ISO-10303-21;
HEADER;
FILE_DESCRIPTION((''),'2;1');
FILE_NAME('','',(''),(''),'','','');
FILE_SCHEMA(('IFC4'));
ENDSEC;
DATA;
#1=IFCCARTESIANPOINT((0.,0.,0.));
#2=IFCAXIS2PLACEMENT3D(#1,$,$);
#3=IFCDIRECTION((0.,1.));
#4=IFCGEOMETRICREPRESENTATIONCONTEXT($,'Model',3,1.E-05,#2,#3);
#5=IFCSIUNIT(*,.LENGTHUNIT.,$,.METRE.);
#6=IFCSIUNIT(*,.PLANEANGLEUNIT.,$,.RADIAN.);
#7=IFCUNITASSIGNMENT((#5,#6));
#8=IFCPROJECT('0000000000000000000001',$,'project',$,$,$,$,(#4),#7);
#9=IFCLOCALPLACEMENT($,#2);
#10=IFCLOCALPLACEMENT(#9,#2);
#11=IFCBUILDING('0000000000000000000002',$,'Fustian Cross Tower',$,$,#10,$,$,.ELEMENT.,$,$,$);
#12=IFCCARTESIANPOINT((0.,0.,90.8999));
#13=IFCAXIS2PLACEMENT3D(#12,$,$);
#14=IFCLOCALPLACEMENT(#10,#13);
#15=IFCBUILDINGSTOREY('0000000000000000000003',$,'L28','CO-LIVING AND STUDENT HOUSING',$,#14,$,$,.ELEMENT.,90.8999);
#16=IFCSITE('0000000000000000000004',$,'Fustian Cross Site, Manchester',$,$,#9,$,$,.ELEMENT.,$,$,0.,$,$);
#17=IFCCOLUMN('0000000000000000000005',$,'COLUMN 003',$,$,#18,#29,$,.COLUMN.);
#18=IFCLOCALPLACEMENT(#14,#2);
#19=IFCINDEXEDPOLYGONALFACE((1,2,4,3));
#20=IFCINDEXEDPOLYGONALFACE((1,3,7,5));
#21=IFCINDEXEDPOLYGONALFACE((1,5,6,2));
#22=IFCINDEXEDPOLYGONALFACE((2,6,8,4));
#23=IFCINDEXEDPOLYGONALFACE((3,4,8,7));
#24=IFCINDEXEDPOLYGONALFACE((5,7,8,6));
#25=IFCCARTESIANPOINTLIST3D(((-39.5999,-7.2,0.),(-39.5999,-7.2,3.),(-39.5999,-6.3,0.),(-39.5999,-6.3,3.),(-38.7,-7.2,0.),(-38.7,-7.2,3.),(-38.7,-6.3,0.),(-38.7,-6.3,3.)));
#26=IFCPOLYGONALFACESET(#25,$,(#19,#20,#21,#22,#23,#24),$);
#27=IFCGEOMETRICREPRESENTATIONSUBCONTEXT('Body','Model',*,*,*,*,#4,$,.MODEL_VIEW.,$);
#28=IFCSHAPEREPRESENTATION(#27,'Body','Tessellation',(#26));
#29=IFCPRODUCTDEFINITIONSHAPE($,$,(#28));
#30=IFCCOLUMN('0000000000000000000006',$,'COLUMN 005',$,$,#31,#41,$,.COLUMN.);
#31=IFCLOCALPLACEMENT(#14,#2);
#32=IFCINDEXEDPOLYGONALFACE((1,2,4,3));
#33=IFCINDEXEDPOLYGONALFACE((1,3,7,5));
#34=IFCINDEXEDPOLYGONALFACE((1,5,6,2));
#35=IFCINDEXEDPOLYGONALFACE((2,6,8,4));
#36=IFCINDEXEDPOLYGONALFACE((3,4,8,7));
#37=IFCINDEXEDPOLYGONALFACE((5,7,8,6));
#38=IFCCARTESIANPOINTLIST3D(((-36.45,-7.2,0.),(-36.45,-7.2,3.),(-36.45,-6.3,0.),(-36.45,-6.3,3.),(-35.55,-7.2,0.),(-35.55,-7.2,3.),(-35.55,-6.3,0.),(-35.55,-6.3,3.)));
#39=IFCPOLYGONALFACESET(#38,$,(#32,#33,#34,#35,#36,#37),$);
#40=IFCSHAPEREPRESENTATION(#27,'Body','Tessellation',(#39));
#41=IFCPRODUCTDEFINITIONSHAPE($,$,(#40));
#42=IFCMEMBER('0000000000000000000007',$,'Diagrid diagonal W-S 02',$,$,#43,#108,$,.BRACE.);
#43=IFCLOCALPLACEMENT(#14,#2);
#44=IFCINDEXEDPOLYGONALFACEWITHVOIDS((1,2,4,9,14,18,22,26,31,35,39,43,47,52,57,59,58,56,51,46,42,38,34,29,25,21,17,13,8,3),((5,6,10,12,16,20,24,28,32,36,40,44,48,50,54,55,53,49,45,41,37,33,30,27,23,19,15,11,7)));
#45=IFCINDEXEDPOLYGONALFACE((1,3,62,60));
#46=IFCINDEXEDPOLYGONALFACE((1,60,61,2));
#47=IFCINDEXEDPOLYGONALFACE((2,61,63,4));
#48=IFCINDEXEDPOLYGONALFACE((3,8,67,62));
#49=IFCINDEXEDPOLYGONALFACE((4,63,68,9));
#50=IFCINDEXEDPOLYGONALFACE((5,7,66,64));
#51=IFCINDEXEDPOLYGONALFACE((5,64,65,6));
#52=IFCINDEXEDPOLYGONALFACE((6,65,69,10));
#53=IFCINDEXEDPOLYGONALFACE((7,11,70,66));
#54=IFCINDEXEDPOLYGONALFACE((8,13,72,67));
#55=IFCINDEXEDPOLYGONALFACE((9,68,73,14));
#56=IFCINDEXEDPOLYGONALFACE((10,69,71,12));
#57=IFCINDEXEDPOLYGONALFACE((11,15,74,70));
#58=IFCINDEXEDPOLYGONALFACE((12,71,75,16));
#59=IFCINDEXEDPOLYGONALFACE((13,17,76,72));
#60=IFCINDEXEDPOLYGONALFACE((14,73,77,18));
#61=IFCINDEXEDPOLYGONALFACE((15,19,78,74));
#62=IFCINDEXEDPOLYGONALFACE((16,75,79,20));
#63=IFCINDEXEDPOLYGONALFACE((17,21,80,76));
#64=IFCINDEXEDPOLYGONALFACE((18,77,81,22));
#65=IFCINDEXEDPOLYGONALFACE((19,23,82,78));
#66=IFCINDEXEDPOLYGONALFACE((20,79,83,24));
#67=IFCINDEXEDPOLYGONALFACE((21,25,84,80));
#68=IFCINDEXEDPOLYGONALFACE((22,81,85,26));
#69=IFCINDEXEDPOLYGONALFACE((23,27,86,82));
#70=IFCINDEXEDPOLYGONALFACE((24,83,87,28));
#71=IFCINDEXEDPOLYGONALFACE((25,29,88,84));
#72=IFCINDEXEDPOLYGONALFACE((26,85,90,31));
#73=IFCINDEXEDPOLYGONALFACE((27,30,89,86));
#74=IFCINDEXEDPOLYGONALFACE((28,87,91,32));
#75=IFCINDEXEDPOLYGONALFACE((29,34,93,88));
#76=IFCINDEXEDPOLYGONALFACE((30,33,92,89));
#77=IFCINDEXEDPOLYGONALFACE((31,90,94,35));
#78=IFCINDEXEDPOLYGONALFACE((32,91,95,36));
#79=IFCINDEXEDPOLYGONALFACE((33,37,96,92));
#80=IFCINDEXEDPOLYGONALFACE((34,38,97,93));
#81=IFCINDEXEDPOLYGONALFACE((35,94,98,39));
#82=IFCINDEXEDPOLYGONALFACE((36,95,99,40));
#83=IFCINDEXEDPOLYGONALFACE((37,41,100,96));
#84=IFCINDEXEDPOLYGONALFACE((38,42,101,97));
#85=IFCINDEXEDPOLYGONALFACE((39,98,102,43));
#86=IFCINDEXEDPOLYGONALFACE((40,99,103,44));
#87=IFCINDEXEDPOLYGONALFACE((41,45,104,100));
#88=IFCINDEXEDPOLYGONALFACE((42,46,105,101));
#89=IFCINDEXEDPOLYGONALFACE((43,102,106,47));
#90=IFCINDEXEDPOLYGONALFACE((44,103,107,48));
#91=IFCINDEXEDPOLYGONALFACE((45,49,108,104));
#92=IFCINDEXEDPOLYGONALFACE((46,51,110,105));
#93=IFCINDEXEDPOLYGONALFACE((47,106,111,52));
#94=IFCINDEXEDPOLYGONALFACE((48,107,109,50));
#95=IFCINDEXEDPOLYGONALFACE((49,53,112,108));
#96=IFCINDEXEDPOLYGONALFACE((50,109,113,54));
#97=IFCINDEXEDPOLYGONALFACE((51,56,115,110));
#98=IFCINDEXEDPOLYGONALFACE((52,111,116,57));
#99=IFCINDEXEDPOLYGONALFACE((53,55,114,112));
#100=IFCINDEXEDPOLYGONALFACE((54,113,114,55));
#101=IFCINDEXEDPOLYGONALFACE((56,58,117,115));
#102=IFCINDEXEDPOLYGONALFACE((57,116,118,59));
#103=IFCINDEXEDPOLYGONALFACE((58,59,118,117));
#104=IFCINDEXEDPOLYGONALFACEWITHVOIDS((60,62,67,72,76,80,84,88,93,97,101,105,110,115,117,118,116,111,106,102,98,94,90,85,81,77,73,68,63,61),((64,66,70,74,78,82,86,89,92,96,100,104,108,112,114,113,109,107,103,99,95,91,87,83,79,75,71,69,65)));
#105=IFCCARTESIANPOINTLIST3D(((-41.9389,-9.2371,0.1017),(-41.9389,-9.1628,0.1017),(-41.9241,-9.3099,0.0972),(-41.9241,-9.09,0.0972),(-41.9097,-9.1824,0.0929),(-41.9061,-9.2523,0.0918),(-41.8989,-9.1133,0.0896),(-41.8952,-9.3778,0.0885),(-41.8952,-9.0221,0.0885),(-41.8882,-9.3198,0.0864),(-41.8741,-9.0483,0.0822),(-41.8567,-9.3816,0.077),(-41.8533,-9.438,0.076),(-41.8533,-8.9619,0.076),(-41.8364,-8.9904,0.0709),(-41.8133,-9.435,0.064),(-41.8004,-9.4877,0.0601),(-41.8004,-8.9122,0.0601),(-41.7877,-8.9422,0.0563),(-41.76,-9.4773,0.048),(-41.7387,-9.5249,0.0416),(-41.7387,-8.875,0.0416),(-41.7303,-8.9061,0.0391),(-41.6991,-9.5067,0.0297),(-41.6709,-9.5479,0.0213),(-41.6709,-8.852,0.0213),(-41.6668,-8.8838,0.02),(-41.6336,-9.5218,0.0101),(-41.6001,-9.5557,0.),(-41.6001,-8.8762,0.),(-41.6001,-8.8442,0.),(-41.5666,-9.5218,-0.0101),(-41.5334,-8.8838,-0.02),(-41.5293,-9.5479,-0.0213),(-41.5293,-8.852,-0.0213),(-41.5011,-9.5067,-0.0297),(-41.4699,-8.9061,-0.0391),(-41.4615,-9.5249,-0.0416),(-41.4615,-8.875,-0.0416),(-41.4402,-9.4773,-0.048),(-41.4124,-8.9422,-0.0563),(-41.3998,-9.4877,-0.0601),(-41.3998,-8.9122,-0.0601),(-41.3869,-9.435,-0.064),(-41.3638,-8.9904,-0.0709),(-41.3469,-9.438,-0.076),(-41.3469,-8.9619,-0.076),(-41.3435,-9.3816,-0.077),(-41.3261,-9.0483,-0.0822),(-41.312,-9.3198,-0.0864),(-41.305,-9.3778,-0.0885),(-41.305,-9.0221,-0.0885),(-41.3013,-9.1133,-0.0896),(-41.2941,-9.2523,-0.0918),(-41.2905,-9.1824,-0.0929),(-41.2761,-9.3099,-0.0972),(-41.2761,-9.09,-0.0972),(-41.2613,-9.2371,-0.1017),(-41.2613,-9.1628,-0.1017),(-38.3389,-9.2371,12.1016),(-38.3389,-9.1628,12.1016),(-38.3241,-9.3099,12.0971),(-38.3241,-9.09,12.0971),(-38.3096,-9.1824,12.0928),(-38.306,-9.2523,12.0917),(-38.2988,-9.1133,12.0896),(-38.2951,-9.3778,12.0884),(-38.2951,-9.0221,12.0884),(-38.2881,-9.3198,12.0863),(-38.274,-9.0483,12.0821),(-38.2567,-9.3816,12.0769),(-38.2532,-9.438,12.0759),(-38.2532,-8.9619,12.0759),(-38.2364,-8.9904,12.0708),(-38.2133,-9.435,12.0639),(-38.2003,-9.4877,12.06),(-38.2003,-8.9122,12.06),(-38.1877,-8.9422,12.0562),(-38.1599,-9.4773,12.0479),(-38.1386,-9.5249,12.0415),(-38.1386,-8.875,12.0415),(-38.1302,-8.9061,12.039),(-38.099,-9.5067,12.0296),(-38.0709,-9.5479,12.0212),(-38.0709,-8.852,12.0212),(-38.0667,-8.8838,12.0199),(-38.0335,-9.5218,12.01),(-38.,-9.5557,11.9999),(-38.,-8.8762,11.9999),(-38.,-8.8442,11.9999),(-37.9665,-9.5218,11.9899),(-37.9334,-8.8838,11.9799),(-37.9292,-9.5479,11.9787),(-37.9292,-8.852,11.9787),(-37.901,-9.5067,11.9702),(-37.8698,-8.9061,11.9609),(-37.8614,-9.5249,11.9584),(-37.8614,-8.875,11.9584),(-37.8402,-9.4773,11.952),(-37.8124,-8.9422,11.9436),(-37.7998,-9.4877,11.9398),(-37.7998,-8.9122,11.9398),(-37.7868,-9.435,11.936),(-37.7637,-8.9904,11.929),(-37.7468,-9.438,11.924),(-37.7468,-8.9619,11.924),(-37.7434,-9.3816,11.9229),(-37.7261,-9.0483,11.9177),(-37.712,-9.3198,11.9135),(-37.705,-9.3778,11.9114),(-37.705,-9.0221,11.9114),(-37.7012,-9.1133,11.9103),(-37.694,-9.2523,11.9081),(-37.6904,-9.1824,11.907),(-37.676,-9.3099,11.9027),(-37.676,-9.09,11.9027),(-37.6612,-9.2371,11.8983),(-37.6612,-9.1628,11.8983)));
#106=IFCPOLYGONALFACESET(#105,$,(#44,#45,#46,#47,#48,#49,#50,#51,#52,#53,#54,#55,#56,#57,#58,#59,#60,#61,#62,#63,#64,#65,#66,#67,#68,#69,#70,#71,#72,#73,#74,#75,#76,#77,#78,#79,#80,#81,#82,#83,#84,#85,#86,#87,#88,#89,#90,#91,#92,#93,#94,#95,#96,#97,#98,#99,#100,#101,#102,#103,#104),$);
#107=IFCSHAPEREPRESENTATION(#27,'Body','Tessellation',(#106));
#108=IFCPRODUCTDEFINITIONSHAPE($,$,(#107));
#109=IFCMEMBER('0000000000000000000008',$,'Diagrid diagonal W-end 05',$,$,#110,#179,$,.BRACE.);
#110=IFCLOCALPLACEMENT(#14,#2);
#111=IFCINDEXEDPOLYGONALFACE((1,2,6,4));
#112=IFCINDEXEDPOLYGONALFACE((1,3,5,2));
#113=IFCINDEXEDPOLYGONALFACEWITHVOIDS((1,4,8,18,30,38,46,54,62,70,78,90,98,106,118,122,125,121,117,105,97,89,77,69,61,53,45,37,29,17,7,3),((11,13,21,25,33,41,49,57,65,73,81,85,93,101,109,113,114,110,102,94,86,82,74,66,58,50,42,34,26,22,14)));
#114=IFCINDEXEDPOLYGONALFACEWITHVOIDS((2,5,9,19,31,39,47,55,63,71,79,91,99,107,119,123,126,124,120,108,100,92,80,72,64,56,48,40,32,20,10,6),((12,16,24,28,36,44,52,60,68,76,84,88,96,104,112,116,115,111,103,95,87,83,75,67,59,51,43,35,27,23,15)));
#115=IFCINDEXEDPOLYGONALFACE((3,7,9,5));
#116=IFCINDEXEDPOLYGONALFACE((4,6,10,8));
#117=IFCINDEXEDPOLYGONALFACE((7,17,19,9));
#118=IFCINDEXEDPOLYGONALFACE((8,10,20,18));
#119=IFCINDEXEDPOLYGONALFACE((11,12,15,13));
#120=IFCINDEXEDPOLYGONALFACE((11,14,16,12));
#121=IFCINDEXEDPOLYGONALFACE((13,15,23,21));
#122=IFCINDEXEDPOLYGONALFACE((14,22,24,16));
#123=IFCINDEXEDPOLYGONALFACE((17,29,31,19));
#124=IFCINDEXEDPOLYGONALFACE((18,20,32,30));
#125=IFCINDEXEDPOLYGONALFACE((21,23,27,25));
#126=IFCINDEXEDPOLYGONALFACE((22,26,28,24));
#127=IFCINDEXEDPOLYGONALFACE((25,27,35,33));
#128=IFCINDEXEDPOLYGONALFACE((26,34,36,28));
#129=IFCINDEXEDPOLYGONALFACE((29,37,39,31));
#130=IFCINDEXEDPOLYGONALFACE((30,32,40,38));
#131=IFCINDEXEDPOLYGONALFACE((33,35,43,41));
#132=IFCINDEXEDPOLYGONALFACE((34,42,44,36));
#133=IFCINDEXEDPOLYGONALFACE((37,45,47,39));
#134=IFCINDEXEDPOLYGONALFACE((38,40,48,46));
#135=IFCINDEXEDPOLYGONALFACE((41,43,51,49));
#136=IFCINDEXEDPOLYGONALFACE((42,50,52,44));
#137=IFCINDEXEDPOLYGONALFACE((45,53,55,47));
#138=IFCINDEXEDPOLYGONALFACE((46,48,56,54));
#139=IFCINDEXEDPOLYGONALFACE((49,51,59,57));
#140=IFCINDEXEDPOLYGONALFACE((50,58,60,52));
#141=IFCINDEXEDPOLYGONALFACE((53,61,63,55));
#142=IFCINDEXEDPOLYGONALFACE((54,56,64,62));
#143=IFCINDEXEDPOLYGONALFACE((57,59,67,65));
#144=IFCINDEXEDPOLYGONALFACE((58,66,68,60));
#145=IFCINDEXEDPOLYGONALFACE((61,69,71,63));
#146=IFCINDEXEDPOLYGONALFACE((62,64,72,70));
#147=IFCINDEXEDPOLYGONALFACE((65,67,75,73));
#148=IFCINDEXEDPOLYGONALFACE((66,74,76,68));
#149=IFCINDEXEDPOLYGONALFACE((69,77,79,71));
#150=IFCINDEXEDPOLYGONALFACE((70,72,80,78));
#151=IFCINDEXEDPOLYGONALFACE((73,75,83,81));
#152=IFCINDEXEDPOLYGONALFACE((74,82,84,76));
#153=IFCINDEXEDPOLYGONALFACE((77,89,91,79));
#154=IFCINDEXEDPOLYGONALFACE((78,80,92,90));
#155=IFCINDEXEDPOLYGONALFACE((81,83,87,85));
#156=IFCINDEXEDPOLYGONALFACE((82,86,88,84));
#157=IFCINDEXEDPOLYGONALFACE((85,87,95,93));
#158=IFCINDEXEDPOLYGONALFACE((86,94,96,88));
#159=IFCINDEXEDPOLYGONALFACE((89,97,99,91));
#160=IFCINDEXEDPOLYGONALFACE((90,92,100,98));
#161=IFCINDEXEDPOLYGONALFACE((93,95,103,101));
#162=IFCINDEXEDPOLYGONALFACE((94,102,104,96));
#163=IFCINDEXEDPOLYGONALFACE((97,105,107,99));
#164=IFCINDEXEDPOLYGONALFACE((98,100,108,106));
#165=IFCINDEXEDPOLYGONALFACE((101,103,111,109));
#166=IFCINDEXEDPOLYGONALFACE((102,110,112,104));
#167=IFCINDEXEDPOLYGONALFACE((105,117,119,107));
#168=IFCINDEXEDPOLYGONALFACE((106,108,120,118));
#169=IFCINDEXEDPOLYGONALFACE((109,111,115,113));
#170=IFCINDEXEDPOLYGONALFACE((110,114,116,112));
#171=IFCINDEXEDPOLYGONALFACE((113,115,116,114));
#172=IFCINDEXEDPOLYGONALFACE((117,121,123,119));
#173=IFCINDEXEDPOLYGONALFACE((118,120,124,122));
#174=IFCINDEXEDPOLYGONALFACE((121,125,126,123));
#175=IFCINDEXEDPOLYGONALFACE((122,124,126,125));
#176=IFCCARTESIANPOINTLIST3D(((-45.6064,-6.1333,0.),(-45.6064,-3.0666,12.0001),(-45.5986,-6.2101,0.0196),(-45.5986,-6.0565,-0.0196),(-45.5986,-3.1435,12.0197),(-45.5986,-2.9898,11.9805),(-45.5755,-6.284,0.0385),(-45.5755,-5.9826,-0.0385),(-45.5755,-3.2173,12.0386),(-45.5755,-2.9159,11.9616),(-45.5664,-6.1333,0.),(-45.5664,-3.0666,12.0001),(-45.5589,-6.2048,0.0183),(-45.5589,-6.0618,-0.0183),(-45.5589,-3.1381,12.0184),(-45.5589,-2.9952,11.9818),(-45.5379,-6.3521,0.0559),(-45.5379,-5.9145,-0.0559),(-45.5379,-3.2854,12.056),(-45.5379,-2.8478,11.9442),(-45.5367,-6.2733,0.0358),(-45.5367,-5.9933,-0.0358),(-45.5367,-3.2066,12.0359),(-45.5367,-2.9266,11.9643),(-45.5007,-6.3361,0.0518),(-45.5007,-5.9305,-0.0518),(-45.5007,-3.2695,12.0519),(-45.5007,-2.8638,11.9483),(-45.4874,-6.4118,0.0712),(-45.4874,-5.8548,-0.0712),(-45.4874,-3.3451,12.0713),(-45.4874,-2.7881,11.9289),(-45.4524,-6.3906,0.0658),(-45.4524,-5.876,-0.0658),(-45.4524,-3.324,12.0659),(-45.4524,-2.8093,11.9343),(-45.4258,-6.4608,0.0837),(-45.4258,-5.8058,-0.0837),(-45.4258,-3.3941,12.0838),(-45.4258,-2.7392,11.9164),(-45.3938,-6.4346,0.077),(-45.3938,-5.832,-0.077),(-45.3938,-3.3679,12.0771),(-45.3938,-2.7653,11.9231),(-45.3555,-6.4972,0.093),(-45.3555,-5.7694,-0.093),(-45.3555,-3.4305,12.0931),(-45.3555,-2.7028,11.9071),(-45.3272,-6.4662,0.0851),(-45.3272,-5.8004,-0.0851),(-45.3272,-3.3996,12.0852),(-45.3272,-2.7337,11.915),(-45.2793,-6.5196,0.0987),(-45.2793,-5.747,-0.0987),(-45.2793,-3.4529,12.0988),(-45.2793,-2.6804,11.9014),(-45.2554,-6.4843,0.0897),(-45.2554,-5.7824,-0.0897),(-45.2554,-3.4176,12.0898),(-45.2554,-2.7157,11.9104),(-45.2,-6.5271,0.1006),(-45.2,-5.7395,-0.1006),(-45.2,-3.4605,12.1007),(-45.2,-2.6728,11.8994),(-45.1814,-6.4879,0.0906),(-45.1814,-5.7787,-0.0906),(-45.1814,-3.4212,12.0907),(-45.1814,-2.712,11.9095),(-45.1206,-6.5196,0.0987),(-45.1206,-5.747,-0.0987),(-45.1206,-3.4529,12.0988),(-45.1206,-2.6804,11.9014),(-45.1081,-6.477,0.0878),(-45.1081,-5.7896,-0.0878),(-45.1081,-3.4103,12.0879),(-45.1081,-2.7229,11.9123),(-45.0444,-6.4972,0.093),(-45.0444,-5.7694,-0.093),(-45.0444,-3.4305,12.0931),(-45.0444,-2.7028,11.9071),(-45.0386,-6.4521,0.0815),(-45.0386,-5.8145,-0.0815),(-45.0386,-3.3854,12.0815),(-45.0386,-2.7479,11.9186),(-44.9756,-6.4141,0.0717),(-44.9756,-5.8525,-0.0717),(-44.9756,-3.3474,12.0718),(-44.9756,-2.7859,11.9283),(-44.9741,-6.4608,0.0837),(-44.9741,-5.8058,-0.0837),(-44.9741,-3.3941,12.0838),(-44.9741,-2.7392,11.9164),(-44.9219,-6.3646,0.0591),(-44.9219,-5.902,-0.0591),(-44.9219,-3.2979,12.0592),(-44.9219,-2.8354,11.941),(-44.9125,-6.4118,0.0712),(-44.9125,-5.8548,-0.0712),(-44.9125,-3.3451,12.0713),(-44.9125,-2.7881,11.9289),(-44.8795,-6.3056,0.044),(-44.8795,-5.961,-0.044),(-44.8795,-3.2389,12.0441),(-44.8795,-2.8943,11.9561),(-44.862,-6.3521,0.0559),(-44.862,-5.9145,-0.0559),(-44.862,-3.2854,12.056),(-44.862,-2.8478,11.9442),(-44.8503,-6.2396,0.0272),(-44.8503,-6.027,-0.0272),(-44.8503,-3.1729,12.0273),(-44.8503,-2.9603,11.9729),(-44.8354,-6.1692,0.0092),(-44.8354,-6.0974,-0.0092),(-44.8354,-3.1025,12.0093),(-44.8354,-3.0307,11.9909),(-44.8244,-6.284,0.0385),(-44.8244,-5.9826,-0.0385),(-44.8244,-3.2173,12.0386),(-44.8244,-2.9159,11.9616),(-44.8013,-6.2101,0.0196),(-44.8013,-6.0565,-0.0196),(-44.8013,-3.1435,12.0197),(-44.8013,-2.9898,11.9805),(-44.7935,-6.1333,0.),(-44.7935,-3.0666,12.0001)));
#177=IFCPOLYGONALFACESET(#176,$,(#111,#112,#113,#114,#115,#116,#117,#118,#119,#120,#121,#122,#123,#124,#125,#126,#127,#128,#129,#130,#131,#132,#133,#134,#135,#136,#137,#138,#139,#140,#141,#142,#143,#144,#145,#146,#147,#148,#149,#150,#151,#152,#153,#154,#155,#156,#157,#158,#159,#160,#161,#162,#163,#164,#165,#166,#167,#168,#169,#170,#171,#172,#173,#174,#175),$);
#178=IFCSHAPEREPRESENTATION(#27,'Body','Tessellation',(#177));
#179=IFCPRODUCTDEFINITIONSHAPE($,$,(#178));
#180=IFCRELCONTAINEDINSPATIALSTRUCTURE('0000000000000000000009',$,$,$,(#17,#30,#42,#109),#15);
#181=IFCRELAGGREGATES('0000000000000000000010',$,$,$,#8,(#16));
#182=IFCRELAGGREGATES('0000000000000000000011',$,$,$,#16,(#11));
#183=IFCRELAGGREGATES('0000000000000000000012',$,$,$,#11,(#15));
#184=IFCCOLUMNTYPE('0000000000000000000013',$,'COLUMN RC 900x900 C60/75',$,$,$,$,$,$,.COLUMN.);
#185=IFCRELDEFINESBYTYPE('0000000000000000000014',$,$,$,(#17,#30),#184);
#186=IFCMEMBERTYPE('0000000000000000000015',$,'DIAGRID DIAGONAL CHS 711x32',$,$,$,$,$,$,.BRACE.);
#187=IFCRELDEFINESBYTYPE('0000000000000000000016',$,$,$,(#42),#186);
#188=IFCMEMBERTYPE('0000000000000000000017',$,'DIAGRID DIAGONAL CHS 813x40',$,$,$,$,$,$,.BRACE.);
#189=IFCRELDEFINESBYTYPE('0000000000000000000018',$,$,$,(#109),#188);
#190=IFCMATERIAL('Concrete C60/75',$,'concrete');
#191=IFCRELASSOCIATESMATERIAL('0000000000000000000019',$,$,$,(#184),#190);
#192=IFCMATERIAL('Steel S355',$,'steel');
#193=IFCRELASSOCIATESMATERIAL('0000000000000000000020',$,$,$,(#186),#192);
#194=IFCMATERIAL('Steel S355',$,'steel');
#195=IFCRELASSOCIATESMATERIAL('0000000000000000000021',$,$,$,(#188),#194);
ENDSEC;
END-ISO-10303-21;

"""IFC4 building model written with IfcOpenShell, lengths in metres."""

from ifc_helpers import new_model, si_unit, direction, frame, origin, origin_2d, place, context, subcontext, project, spatial, rectangle, hollow_circle, extrude, material, material_profile, profile_set, type_object, element, save


model = new_model("IFC4")

# Units and contexts
model_context = context("Model", 3, precision=1e-05, world=origin(), true_north=direction((0.0, 1.0)))
body_context = subcontext(model_context, "Body", "Model", "MODEL_VIEW")
ifc_project = project(units=[si_unit("LENGTHUNIT", "METRE"), si_unit("PLANEANGLEUNIT", "RADIAN")], contexts=[model_context])

# Site, building, storey
site_placement = place(None, origin())
site = spatial("IfcSite", under=ifc_project, at=site_placement, Name="Fustian Cross Site, Manchester", CompositionType="ELEMENT", RefElevation=0.0)
building_placement = place(site_placement, origin())
building = spatial("IfcBuilding", under=site, at=building_placement, Name="Fustian Cross Tower", CompositionType="ELEMENT")
storey_placement = place(building_placement, frame((0.0, 0.0, 90.8999)))
storey = spatial("IfcBuildingStorey", under=building, at=storey_placement, Name="L28", Description="CO-LIVING AND STUDENT HOUSING", CompositionType="ELEMENT", Elevation=90.8999)

# Columns
ifc_material_1 = material(Name="Concrete C60/75", Category="concrete")
ifc_material_profile_1 = material_profile(ifc_material_1, rectangle(XDim=0.8999, YDim=0.8999, at=origin_2d()), Name="RC 900x900")
ifc_profile_set_1 = profile_set([ifc_material_profile_1], Name="Concrete C60/75")
column_type = type_object("IfcColumnType", Name="COLUMN RC 900x900 C60/75", PredefinedType="COLUMN", material=ifc_profile_set_1)
for number, where, z_axis, x_axis, name in (
    (1, (-39.1499, -6.75, 0.0), (0.0, 0.0, 1.0), (1.0, 0.0, 0.0), "COLUMN 003"),
    (2, (-36.0, -6.75, 0.0), (0.0, 0.0, 1.0), (1.0, 0.0, 0.0), "COLUMN 005"),
):
    element("IfcColumn", number, at=place(storey_placement, frame(where, z_axis=z_axis, x_axis=x_axis)), inside=storey, type_object=column_type, Name=name, PredefinedType="COLUMN", context=body_context, shape_type="SweptSolid", body=[
        extrude(rectangle(XDim=0.8999, YDim=0.8999, at=origin_2d()), origin(), (0.0, 0.0, 1.0), 3.0),
    ])

# Members
ifc_material_2 = material(Name="Steel S355", Category="steel")
ifc_material_profile_2 = material_profile(ifc_material_2, hollow_circle(Radius=0.3557, WallThickness=0.032, at=origin_2d()), Name="CHS 711x32")
ifc_profile_set_2 = profile_set([ifc_material_profile_2], Name="Steel S355")
member_type_1 = type_object("IfcMemberType", Name="DIAGRID DIAGONAL CHS 711x32", PredefinedType="BRACE", material=ifc_profile_set_2)
member_1_placement = place(storey_placement, frame((-41.6001, -9.2, 0.0), z_axis=(0.287355, 0.0, 0.957824), x_axis=(0.0, 1.0, 0.0)))
element("IfcMember", 3, at=member_1_placement, inside=storey, type_object=member_type_1, Name="Diagrid diagonal W-S 02", PredefinedType="BRACE", context=body_context, shape_type="SweptSolid", body=[
    extrude(hollow_circle(Radius=0.3557, WallThickness=0.032, at=origin_2d()), origin(), (0.0, 0.0, 1.0), 12.5283),
])
ifc_material_3 = material(Name="Steel S355", Category="steel")
ifc_material_profile_3 = material_profile(ifc_material_3, hollow_circle(Radius=0.4065, WallThickness=0.04, at=origin_2d()), Name="CHS 813x40")
ifc_profile_set_3 = profile_set([ifc_material_profile_3], Name="Steel S355")
member_type_2 = type_object("IfcMemberType", Name="DIAGRID DIAGONAL CHS 813x40", PredefinedType="BRACE", material=ifc_profile_set_3)
for number, where, z_axis, x_axis, name in (
    (4, (-45.2, -6.1333, 0.0), (0.0, 0.247597, 0.968863), (-1.0, 0.0, 0.0), "Diagrid diagonal W-end 05"),
):
    element("IfcMember", number, at=place(storey_placement, frame(where, z_axis=z_axis, x_axis=x_axis)), inside=storey, type_object=member_type_2, Name=name, PredefinedType="BRACE", context=body_context, shape_type="SweptSolid", body=[
        extrude(hollow_circle(Radius=0.4065, WallThickness=0.04, at=origin_2d()), origin(), (0.0, 0.0, 1.0), 12.3857),
    ])

save(model, "model.ifc")
